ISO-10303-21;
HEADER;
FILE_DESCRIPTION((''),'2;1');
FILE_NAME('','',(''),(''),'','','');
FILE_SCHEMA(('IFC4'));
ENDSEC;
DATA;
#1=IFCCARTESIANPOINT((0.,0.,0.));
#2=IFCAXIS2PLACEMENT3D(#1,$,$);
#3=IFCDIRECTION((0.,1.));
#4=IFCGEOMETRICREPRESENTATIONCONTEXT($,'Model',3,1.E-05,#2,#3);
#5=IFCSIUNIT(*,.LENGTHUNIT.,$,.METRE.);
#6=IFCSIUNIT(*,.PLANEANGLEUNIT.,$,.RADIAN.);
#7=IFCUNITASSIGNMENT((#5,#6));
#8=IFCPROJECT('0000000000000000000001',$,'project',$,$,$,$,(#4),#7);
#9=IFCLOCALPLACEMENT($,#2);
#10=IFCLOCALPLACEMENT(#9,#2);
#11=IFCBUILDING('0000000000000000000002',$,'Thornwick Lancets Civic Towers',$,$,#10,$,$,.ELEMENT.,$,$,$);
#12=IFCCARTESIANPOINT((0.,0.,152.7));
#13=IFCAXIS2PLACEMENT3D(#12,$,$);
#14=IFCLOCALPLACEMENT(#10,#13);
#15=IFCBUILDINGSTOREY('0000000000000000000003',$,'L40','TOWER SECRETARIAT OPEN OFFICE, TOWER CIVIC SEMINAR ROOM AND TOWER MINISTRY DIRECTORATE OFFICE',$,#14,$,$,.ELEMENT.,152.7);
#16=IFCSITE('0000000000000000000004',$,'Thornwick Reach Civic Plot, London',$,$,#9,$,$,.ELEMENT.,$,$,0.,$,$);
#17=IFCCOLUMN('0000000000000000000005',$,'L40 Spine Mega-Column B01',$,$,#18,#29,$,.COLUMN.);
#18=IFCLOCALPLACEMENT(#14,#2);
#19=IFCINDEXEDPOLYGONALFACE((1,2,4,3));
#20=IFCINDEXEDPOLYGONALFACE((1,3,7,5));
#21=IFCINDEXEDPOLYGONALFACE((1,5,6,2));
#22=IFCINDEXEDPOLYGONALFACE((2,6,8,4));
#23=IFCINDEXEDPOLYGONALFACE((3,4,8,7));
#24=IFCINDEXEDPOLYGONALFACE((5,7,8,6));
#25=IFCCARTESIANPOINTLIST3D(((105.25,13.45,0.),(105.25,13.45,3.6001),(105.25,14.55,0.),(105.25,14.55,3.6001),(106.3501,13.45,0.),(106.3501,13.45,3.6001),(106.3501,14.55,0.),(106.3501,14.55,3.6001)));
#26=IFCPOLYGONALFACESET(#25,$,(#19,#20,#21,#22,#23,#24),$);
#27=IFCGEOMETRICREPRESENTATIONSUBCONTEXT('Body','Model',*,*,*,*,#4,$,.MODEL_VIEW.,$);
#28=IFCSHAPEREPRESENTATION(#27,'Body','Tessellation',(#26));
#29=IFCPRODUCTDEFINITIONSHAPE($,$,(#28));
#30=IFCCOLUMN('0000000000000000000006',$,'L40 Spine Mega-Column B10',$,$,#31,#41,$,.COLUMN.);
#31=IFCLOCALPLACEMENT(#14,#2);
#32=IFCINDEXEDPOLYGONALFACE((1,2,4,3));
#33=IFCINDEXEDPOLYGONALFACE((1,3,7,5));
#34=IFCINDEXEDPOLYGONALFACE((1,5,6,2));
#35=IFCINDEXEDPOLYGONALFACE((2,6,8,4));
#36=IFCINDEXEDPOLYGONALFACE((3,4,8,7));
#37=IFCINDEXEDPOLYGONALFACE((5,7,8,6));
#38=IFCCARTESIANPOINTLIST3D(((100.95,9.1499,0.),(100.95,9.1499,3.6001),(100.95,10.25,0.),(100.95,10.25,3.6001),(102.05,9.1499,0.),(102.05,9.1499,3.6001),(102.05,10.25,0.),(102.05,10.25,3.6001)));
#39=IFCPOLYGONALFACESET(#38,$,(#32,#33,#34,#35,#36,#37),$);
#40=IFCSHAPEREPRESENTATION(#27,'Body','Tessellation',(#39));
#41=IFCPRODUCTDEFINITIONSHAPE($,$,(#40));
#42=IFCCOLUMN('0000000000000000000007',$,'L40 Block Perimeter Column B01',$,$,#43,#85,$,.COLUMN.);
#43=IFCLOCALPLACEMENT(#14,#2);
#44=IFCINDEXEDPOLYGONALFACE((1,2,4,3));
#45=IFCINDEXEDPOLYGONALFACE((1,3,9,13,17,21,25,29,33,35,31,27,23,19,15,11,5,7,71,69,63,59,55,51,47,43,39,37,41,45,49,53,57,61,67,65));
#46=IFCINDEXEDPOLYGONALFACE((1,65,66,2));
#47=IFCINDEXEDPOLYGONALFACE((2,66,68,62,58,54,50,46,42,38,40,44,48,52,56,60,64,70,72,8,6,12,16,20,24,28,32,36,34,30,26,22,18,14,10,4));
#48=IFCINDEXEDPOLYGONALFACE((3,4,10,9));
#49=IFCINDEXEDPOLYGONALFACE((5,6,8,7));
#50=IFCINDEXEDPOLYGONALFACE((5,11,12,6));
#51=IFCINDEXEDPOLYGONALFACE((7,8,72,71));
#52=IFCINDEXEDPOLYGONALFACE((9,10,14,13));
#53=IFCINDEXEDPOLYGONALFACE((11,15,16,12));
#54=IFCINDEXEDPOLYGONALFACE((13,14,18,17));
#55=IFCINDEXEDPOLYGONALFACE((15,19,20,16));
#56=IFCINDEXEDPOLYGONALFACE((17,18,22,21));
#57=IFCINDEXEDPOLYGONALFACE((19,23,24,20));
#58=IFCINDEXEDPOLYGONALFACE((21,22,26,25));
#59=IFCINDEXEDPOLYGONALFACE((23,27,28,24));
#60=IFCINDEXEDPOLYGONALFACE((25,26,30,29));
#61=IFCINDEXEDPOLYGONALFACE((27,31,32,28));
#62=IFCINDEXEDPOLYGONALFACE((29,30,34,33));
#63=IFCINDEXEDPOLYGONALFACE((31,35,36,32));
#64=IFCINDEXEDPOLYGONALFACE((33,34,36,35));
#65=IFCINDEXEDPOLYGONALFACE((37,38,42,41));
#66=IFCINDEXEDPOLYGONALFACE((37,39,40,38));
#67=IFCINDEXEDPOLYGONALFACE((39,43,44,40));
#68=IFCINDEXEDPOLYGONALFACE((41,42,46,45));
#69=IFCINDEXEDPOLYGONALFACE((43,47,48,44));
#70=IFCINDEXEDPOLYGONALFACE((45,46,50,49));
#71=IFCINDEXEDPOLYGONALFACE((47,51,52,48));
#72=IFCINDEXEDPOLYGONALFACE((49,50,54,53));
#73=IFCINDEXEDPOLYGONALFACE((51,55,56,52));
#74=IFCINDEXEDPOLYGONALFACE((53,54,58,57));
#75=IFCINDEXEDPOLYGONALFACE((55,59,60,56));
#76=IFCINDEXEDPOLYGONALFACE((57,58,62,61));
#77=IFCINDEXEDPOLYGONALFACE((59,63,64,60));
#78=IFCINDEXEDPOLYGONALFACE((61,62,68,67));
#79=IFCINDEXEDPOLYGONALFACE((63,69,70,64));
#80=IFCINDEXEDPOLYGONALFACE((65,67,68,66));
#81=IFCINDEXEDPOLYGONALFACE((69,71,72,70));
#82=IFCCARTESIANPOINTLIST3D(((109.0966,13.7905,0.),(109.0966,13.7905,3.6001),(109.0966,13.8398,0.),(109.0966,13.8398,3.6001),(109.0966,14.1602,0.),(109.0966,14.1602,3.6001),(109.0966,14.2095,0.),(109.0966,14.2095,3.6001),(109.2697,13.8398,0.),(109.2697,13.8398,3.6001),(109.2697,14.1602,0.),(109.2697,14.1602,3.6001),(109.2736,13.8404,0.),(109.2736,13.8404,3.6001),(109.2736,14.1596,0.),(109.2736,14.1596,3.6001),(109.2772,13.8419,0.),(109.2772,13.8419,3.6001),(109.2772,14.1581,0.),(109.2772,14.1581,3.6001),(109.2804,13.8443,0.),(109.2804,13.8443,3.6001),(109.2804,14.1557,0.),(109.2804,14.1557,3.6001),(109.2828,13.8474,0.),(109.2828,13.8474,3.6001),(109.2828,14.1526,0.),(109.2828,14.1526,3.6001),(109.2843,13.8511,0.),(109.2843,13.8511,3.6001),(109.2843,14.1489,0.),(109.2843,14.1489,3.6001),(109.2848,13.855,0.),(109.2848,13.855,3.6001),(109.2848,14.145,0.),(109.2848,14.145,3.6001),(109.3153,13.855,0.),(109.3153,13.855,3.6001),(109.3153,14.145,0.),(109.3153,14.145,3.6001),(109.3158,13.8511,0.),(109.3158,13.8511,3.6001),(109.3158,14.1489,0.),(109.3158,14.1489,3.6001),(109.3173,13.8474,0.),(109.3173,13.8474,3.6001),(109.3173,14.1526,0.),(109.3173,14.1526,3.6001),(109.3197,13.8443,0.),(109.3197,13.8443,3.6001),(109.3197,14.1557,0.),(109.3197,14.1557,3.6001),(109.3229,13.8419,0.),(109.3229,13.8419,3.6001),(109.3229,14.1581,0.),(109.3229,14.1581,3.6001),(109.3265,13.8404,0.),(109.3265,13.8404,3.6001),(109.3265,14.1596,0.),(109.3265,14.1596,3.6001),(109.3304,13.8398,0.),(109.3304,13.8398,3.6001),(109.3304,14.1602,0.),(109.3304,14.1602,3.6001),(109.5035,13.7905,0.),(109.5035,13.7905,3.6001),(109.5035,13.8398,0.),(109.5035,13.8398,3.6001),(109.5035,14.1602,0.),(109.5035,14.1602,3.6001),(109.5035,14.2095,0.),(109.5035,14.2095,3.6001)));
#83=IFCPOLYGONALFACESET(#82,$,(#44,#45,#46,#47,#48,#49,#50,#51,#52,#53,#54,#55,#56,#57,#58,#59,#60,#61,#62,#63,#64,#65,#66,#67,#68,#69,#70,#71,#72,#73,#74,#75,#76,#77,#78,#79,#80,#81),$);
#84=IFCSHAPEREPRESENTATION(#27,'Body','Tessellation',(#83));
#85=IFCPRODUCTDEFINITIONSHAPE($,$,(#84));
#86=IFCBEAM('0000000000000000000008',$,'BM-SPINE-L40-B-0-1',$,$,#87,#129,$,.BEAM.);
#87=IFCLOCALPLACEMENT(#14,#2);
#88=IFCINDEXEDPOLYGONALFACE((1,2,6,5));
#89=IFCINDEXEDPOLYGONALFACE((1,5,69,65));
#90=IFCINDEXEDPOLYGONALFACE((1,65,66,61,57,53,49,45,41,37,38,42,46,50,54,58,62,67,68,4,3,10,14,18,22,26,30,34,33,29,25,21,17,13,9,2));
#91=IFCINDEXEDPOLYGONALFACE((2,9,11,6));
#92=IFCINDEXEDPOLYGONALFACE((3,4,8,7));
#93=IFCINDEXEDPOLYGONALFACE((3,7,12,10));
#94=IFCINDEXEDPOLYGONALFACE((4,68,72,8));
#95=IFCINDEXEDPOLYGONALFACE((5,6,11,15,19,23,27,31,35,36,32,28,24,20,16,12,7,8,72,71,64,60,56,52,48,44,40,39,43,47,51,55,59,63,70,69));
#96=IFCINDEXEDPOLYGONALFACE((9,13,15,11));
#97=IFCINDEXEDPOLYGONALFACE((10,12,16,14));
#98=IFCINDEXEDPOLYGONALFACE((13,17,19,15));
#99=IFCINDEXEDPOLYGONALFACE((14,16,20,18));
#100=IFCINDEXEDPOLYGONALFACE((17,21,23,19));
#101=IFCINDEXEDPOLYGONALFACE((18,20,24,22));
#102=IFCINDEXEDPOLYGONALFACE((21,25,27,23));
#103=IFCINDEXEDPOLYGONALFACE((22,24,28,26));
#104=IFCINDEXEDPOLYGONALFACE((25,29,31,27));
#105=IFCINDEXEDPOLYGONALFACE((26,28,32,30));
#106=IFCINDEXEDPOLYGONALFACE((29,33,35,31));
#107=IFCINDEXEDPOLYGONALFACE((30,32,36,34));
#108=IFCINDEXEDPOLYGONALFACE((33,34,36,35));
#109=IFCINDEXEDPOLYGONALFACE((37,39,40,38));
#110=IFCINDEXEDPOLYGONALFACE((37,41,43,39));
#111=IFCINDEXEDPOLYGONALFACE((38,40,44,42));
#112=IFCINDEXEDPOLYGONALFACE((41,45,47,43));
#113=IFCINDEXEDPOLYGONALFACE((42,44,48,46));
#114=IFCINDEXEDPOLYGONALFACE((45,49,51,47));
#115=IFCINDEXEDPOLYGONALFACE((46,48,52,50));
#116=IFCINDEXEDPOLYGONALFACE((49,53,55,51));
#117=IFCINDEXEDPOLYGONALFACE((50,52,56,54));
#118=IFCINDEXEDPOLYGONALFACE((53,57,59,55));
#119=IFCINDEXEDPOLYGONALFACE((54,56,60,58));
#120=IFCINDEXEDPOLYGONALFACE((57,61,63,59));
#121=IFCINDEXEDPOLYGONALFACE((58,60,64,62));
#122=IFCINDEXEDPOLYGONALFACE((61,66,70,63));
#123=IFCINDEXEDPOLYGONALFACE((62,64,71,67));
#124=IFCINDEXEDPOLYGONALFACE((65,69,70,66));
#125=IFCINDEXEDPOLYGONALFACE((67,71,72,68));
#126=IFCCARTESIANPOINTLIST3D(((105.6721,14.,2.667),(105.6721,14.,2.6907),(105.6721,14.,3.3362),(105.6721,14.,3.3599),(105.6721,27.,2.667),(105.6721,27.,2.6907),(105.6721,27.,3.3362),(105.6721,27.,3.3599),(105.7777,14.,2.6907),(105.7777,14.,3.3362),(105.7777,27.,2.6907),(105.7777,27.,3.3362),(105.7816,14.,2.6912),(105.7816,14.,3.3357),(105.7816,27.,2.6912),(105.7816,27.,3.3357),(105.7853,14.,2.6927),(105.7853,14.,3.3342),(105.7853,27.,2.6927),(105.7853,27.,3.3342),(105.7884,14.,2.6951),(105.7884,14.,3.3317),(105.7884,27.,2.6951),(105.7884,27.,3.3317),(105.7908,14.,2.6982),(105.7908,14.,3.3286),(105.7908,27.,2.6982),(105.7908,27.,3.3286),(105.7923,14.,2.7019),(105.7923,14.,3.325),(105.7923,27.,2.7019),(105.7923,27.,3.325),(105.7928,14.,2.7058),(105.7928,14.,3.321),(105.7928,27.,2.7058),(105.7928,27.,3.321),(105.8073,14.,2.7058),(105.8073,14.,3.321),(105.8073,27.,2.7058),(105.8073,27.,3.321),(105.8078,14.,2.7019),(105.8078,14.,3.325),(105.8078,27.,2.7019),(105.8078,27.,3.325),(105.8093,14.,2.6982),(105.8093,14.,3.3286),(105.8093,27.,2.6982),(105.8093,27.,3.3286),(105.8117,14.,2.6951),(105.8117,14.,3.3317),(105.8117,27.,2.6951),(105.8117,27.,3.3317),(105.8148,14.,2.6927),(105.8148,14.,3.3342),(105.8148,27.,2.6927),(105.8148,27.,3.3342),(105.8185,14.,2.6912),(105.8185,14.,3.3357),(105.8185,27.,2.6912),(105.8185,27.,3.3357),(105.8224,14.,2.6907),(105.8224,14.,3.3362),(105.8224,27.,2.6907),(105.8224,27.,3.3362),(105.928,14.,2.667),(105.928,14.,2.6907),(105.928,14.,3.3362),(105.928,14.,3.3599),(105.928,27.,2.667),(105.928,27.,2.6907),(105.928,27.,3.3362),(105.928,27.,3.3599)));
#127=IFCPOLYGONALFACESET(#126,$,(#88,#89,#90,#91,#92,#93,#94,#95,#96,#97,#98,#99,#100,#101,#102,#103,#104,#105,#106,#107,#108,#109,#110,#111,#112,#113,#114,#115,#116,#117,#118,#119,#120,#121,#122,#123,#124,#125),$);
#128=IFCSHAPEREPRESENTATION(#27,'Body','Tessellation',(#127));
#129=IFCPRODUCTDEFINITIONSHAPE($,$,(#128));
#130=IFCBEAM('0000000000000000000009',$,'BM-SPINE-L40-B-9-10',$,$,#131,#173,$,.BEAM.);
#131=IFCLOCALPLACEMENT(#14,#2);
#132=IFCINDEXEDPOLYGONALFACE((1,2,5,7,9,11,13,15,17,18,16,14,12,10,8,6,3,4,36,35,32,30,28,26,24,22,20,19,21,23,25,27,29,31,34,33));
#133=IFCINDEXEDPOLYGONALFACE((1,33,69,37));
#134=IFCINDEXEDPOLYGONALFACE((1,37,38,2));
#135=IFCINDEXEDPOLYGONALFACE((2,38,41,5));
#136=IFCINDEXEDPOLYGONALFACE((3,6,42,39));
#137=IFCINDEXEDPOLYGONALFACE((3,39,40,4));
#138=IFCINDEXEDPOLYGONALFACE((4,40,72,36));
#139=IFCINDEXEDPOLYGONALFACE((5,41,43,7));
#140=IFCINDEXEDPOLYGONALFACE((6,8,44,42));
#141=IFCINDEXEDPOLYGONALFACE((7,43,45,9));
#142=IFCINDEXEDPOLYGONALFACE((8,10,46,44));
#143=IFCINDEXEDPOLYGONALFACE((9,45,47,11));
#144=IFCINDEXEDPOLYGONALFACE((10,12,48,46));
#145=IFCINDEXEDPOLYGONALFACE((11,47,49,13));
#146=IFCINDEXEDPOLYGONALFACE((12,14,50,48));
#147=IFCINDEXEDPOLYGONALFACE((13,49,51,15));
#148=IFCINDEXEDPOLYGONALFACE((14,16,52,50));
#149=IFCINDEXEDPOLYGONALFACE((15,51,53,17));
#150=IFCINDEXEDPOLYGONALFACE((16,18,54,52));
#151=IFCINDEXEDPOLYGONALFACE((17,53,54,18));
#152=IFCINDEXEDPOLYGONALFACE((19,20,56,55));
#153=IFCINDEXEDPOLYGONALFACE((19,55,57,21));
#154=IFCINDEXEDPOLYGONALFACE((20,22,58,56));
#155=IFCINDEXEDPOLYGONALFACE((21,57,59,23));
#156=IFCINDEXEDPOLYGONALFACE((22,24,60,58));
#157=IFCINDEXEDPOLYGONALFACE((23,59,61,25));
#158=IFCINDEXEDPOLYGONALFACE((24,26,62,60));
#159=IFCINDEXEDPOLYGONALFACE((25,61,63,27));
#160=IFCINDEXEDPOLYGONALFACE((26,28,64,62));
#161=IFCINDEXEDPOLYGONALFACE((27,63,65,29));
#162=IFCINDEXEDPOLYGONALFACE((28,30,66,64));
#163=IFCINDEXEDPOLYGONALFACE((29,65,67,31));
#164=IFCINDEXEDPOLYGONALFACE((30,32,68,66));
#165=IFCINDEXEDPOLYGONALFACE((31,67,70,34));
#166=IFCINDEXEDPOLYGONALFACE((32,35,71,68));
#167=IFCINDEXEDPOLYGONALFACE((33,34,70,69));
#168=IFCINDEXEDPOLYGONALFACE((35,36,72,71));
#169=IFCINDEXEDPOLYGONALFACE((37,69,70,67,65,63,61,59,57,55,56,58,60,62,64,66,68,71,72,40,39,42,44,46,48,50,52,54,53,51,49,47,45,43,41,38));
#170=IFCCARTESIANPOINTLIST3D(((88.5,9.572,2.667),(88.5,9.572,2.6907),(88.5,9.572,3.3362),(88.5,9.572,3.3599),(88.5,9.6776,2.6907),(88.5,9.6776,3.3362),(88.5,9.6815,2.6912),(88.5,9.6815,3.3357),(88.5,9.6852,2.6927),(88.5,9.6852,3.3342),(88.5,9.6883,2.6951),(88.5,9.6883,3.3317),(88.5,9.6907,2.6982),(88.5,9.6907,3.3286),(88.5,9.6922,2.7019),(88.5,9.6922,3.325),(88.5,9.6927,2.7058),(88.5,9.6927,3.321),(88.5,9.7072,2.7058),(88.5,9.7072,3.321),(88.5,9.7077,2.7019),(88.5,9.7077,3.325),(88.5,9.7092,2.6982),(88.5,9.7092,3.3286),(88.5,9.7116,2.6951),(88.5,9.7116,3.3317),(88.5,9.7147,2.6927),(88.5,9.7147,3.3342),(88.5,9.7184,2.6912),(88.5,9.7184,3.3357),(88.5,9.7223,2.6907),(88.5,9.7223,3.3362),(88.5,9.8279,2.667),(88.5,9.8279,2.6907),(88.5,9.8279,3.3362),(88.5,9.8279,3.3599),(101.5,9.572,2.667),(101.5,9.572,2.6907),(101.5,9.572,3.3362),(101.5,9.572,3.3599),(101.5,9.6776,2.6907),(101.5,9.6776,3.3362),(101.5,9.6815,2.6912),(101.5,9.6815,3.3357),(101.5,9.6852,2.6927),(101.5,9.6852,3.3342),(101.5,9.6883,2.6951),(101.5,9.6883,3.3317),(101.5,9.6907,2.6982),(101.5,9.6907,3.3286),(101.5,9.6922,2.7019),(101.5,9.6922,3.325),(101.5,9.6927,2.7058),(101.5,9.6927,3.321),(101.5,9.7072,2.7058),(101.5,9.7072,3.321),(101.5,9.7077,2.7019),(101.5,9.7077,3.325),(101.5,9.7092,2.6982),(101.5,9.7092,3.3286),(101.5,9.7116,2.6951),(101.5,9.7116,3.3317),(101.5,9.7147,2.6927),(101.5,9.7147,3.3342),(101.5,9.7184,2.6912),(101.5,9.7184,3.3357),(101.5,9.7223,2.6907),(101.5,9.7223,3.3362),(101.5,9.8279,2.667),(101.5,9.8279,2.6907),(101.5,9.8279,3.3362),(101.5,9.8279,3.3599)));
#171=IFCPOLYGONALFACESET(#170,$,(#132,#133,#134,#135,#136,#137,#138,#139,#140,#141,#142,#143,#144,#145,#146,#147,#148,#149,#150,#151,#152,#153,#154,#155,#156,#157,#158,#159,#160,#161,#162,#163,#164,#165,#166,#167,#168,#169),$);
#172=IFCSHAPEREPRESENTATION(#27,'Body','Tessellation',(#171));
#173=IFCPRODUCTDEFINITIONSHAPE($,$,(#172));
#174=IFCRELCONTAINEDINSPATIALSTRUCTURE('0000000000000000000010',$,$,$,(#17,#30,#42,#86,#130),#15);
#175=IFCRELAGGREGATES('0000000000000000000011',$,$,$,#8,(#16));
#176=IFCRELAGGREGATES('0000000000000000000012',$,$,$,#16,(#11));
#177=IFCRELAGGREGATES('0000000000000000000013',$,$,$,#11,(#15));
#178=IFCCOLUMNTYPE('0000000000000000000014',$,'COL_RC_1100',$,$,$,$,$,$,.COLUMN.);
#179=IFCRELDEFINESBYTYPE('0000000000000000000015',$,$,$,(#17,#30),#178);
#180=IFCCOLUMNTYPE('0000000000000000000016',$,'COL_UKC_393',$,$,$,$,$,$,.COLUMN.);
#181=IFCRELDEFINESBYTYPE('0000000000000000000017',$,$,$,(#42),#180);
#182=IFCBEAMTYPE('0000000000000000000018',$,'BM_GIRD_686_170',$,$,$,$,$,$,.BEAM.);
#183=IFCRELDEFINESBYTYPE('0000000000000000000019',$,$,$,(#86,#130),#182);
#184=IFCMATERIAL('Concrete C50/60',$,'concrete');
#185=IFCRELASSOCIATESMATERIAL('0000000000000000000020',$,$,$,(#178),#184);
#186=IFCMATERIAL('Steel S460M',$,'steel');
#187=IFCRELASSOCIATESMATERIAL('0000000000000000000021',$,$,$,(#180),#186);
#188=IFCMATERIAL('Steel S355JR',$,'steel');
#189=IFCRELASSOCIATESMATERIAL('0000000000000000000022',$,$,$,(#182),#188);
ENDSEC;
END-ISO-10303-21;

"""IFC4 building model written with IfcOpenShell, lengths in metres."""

from ifc_helpers import new_model, si_unit, direction, frame, origin, origin_2d, place, context, subcontext, project, spatial, rectangle, i_section, extrude, material, material_profile, profile_set, type_object, element, save


model = new_model("IFC4")

# Units and contexts
model_context = context("Model", 3, precision=1e-05, world=origin(), true_north=direction((0.0, 1.0)))
body_context = subcontext(model_context, "Body", "Model", "MODEL_VIEW")
ifc_project = project(units=[si_unit("LENGTHUNIT", "METRE"), si_unit("PLANEANGLEUNIT", "RADIAN")], contexts=[model_context])

# Site, building, storey
site_placement = place(None, origin())
site = spatial("IfcSite", under=ifc_project, at=site_placement, Name="Thornwick Reach Civic Plot, London", CompositionType="ELEMENT", RefElevation=0.0)
building_placement = place(site_placement, origin())
building = spatial("IfcBuilding", under=site, at=building_placement, Name="Thornwick Lancets Civic Towers", CompositionType="ELEMENT")
storey_placement = place(building_placement, frame((0.0, 0.0, 152.7)))
storey = spatial("IfcBuildingStorey", under=building, at=storey_placement, Name="L40", Description="TOWER SECRETARIAT OPEN OFFICE, TOWER CIVIC SEMINAR ROOM AND TOWER MINISTRY DIRECTORATE OFFICE", CompositionType="ELEMENT", Elevation=152.7)

# Columns
ifc_material_1 = material(Name="Concrete C50/60", Category="concrete")
ifc_material_profile_1 = material_profile(ifc_material_1, rectangle(XDim=1.1001, YDim=1.1001, at=origin_2d()), Name="RC 1100x1100")
ifc_profile_set_1 = profile_set([ifc_material_profile_1], Name="Concrete C50/60")
column_type_1 = type_object("IfcColumnType", Name="COL_RC_1100", PredefinedType="COLUMN", material=ifc_profile_set_1)
for number, where, z_axis, x_axis, name in (
    (1, (105.8, 14.0, 0.0), (0.0, 0.0, 1.0), (1.0, 0.0, 0.0), "L40 Spine Mega-Column B01"),
    (2, (101.5, 9.7, 0.0), (0.0, 0.0, 1.0), (1.0, 0.0, 0.0), "L40 Spine Mega-Column B10"),
):
    element("IfcColumn", number, at=place(storey_placement, frame(where, z_axis=z_axis, x_axis=x_axis)), inside=storey, type_object=column_type_1, Name=name, PredefinedType="COLUMN", context=body_context, shape_type="SweptSolid", body=[
        extrude(rectangle(XDim=1.1001, YDim=1.1001, at=origin_2d()), origin(), (0.0, 0.0, 1.0), 3.6001),
    ])
ifc_material_2 = material(Name="Steel S460M", Category="steel")
ifc_material_profile_2 = material_profile(ifc_material_2, i_section(OverallWidth=0.407, OverallDepth=0.4189, WebThickness=0.0305, FlangeThickness=0.0493, FilletRadius=0.0151, at=origin_2d()), Name="UKC 356x406x393")
ifc_profile_set_2 = profile_set([ifc_material_profile_2], Name="Steel S460M")
column_type_2 = type_object("IfcColumnType", Name="COL_UKC_393", PredefinedType="COLUMN", material=ifc_profile_set_2)
column_placement = place(storey_placement, frame((109.3, 14.0, 0.0), z_axis=(0.0, 0.0, 1.0), x_axis=(1.0, 0.0, 0.0)))
element("IfcColumn", 3, at=column_placement, inside=storey, type_object=column_type_2, Name="L40 Block Perimeter Column B01", PredefinedType="COLUMN", context=body_context, shape_type="SweptSolid", body=[
    extrude(i_section(OverallWidth=0.407, OverallDepth=0.4189, WebThickness=0.0305, FlangeThickness=0.0493, FilletRadius=0.0151, at=origin_2d()), origin(), (0.0, 0.0, 1.0), 3.6001),
])

# Beams
ifc_material_3 = material(Name="Steel S355JR", Category="steel")
ifc_material_profile_3 = material_profile(ifc_material_3, i_section(OverallWidth=0.2559, OverallDepth=0.6929, WebThickness=0.0144, FlangeThickness=0.0237, FilletRadius=0.0151, at=origin_2d()), Name="UKB 686x254x170")
ifc_profile_set_3 = profile_set([ifc_material_profile_3], Name="Steel S355JR")
beam_type_1 = type_object("IfcBeamType", Name="BM_GIRD_686_170", PredefinedType="BEAM", material=ifc_profile_set_3)
for number, where, z_axis, x_axis, name in (
    (4, (105.8, 14.0, 3.0134), (0.0, 1.0, 0.0), (-1.0, 0.0, 0.0), "BM-SPINE-L40-B-0-1"),
    (5, (101.5, 9.7, 3.0134), (-1.0, 0.0, 0.0), (0.0, -1.0, 0.0), "BM-SPINE-L40-B-9-10"),
):
    element("IfcBeam", number, at=place(storey_placement, frame(where, z_axis=z_axis, x_axis=x_axis)), inside=storey, type_object=beam_type_1, Name=name, PredefinedType="BEAM", context=body_context, shape_type="SweptSolid", body=[
        extrude(i_section(OverallWidth=0.2559, OverallDepth=0.6929, WebThickness=0.0144, FlangeThickness=0.0237, FilletRadius=0.0151, at=origin_2d()), origin(), (0.0, 0.0, 1.0), 13.0),
    ])

save(model, "model.ifc")
